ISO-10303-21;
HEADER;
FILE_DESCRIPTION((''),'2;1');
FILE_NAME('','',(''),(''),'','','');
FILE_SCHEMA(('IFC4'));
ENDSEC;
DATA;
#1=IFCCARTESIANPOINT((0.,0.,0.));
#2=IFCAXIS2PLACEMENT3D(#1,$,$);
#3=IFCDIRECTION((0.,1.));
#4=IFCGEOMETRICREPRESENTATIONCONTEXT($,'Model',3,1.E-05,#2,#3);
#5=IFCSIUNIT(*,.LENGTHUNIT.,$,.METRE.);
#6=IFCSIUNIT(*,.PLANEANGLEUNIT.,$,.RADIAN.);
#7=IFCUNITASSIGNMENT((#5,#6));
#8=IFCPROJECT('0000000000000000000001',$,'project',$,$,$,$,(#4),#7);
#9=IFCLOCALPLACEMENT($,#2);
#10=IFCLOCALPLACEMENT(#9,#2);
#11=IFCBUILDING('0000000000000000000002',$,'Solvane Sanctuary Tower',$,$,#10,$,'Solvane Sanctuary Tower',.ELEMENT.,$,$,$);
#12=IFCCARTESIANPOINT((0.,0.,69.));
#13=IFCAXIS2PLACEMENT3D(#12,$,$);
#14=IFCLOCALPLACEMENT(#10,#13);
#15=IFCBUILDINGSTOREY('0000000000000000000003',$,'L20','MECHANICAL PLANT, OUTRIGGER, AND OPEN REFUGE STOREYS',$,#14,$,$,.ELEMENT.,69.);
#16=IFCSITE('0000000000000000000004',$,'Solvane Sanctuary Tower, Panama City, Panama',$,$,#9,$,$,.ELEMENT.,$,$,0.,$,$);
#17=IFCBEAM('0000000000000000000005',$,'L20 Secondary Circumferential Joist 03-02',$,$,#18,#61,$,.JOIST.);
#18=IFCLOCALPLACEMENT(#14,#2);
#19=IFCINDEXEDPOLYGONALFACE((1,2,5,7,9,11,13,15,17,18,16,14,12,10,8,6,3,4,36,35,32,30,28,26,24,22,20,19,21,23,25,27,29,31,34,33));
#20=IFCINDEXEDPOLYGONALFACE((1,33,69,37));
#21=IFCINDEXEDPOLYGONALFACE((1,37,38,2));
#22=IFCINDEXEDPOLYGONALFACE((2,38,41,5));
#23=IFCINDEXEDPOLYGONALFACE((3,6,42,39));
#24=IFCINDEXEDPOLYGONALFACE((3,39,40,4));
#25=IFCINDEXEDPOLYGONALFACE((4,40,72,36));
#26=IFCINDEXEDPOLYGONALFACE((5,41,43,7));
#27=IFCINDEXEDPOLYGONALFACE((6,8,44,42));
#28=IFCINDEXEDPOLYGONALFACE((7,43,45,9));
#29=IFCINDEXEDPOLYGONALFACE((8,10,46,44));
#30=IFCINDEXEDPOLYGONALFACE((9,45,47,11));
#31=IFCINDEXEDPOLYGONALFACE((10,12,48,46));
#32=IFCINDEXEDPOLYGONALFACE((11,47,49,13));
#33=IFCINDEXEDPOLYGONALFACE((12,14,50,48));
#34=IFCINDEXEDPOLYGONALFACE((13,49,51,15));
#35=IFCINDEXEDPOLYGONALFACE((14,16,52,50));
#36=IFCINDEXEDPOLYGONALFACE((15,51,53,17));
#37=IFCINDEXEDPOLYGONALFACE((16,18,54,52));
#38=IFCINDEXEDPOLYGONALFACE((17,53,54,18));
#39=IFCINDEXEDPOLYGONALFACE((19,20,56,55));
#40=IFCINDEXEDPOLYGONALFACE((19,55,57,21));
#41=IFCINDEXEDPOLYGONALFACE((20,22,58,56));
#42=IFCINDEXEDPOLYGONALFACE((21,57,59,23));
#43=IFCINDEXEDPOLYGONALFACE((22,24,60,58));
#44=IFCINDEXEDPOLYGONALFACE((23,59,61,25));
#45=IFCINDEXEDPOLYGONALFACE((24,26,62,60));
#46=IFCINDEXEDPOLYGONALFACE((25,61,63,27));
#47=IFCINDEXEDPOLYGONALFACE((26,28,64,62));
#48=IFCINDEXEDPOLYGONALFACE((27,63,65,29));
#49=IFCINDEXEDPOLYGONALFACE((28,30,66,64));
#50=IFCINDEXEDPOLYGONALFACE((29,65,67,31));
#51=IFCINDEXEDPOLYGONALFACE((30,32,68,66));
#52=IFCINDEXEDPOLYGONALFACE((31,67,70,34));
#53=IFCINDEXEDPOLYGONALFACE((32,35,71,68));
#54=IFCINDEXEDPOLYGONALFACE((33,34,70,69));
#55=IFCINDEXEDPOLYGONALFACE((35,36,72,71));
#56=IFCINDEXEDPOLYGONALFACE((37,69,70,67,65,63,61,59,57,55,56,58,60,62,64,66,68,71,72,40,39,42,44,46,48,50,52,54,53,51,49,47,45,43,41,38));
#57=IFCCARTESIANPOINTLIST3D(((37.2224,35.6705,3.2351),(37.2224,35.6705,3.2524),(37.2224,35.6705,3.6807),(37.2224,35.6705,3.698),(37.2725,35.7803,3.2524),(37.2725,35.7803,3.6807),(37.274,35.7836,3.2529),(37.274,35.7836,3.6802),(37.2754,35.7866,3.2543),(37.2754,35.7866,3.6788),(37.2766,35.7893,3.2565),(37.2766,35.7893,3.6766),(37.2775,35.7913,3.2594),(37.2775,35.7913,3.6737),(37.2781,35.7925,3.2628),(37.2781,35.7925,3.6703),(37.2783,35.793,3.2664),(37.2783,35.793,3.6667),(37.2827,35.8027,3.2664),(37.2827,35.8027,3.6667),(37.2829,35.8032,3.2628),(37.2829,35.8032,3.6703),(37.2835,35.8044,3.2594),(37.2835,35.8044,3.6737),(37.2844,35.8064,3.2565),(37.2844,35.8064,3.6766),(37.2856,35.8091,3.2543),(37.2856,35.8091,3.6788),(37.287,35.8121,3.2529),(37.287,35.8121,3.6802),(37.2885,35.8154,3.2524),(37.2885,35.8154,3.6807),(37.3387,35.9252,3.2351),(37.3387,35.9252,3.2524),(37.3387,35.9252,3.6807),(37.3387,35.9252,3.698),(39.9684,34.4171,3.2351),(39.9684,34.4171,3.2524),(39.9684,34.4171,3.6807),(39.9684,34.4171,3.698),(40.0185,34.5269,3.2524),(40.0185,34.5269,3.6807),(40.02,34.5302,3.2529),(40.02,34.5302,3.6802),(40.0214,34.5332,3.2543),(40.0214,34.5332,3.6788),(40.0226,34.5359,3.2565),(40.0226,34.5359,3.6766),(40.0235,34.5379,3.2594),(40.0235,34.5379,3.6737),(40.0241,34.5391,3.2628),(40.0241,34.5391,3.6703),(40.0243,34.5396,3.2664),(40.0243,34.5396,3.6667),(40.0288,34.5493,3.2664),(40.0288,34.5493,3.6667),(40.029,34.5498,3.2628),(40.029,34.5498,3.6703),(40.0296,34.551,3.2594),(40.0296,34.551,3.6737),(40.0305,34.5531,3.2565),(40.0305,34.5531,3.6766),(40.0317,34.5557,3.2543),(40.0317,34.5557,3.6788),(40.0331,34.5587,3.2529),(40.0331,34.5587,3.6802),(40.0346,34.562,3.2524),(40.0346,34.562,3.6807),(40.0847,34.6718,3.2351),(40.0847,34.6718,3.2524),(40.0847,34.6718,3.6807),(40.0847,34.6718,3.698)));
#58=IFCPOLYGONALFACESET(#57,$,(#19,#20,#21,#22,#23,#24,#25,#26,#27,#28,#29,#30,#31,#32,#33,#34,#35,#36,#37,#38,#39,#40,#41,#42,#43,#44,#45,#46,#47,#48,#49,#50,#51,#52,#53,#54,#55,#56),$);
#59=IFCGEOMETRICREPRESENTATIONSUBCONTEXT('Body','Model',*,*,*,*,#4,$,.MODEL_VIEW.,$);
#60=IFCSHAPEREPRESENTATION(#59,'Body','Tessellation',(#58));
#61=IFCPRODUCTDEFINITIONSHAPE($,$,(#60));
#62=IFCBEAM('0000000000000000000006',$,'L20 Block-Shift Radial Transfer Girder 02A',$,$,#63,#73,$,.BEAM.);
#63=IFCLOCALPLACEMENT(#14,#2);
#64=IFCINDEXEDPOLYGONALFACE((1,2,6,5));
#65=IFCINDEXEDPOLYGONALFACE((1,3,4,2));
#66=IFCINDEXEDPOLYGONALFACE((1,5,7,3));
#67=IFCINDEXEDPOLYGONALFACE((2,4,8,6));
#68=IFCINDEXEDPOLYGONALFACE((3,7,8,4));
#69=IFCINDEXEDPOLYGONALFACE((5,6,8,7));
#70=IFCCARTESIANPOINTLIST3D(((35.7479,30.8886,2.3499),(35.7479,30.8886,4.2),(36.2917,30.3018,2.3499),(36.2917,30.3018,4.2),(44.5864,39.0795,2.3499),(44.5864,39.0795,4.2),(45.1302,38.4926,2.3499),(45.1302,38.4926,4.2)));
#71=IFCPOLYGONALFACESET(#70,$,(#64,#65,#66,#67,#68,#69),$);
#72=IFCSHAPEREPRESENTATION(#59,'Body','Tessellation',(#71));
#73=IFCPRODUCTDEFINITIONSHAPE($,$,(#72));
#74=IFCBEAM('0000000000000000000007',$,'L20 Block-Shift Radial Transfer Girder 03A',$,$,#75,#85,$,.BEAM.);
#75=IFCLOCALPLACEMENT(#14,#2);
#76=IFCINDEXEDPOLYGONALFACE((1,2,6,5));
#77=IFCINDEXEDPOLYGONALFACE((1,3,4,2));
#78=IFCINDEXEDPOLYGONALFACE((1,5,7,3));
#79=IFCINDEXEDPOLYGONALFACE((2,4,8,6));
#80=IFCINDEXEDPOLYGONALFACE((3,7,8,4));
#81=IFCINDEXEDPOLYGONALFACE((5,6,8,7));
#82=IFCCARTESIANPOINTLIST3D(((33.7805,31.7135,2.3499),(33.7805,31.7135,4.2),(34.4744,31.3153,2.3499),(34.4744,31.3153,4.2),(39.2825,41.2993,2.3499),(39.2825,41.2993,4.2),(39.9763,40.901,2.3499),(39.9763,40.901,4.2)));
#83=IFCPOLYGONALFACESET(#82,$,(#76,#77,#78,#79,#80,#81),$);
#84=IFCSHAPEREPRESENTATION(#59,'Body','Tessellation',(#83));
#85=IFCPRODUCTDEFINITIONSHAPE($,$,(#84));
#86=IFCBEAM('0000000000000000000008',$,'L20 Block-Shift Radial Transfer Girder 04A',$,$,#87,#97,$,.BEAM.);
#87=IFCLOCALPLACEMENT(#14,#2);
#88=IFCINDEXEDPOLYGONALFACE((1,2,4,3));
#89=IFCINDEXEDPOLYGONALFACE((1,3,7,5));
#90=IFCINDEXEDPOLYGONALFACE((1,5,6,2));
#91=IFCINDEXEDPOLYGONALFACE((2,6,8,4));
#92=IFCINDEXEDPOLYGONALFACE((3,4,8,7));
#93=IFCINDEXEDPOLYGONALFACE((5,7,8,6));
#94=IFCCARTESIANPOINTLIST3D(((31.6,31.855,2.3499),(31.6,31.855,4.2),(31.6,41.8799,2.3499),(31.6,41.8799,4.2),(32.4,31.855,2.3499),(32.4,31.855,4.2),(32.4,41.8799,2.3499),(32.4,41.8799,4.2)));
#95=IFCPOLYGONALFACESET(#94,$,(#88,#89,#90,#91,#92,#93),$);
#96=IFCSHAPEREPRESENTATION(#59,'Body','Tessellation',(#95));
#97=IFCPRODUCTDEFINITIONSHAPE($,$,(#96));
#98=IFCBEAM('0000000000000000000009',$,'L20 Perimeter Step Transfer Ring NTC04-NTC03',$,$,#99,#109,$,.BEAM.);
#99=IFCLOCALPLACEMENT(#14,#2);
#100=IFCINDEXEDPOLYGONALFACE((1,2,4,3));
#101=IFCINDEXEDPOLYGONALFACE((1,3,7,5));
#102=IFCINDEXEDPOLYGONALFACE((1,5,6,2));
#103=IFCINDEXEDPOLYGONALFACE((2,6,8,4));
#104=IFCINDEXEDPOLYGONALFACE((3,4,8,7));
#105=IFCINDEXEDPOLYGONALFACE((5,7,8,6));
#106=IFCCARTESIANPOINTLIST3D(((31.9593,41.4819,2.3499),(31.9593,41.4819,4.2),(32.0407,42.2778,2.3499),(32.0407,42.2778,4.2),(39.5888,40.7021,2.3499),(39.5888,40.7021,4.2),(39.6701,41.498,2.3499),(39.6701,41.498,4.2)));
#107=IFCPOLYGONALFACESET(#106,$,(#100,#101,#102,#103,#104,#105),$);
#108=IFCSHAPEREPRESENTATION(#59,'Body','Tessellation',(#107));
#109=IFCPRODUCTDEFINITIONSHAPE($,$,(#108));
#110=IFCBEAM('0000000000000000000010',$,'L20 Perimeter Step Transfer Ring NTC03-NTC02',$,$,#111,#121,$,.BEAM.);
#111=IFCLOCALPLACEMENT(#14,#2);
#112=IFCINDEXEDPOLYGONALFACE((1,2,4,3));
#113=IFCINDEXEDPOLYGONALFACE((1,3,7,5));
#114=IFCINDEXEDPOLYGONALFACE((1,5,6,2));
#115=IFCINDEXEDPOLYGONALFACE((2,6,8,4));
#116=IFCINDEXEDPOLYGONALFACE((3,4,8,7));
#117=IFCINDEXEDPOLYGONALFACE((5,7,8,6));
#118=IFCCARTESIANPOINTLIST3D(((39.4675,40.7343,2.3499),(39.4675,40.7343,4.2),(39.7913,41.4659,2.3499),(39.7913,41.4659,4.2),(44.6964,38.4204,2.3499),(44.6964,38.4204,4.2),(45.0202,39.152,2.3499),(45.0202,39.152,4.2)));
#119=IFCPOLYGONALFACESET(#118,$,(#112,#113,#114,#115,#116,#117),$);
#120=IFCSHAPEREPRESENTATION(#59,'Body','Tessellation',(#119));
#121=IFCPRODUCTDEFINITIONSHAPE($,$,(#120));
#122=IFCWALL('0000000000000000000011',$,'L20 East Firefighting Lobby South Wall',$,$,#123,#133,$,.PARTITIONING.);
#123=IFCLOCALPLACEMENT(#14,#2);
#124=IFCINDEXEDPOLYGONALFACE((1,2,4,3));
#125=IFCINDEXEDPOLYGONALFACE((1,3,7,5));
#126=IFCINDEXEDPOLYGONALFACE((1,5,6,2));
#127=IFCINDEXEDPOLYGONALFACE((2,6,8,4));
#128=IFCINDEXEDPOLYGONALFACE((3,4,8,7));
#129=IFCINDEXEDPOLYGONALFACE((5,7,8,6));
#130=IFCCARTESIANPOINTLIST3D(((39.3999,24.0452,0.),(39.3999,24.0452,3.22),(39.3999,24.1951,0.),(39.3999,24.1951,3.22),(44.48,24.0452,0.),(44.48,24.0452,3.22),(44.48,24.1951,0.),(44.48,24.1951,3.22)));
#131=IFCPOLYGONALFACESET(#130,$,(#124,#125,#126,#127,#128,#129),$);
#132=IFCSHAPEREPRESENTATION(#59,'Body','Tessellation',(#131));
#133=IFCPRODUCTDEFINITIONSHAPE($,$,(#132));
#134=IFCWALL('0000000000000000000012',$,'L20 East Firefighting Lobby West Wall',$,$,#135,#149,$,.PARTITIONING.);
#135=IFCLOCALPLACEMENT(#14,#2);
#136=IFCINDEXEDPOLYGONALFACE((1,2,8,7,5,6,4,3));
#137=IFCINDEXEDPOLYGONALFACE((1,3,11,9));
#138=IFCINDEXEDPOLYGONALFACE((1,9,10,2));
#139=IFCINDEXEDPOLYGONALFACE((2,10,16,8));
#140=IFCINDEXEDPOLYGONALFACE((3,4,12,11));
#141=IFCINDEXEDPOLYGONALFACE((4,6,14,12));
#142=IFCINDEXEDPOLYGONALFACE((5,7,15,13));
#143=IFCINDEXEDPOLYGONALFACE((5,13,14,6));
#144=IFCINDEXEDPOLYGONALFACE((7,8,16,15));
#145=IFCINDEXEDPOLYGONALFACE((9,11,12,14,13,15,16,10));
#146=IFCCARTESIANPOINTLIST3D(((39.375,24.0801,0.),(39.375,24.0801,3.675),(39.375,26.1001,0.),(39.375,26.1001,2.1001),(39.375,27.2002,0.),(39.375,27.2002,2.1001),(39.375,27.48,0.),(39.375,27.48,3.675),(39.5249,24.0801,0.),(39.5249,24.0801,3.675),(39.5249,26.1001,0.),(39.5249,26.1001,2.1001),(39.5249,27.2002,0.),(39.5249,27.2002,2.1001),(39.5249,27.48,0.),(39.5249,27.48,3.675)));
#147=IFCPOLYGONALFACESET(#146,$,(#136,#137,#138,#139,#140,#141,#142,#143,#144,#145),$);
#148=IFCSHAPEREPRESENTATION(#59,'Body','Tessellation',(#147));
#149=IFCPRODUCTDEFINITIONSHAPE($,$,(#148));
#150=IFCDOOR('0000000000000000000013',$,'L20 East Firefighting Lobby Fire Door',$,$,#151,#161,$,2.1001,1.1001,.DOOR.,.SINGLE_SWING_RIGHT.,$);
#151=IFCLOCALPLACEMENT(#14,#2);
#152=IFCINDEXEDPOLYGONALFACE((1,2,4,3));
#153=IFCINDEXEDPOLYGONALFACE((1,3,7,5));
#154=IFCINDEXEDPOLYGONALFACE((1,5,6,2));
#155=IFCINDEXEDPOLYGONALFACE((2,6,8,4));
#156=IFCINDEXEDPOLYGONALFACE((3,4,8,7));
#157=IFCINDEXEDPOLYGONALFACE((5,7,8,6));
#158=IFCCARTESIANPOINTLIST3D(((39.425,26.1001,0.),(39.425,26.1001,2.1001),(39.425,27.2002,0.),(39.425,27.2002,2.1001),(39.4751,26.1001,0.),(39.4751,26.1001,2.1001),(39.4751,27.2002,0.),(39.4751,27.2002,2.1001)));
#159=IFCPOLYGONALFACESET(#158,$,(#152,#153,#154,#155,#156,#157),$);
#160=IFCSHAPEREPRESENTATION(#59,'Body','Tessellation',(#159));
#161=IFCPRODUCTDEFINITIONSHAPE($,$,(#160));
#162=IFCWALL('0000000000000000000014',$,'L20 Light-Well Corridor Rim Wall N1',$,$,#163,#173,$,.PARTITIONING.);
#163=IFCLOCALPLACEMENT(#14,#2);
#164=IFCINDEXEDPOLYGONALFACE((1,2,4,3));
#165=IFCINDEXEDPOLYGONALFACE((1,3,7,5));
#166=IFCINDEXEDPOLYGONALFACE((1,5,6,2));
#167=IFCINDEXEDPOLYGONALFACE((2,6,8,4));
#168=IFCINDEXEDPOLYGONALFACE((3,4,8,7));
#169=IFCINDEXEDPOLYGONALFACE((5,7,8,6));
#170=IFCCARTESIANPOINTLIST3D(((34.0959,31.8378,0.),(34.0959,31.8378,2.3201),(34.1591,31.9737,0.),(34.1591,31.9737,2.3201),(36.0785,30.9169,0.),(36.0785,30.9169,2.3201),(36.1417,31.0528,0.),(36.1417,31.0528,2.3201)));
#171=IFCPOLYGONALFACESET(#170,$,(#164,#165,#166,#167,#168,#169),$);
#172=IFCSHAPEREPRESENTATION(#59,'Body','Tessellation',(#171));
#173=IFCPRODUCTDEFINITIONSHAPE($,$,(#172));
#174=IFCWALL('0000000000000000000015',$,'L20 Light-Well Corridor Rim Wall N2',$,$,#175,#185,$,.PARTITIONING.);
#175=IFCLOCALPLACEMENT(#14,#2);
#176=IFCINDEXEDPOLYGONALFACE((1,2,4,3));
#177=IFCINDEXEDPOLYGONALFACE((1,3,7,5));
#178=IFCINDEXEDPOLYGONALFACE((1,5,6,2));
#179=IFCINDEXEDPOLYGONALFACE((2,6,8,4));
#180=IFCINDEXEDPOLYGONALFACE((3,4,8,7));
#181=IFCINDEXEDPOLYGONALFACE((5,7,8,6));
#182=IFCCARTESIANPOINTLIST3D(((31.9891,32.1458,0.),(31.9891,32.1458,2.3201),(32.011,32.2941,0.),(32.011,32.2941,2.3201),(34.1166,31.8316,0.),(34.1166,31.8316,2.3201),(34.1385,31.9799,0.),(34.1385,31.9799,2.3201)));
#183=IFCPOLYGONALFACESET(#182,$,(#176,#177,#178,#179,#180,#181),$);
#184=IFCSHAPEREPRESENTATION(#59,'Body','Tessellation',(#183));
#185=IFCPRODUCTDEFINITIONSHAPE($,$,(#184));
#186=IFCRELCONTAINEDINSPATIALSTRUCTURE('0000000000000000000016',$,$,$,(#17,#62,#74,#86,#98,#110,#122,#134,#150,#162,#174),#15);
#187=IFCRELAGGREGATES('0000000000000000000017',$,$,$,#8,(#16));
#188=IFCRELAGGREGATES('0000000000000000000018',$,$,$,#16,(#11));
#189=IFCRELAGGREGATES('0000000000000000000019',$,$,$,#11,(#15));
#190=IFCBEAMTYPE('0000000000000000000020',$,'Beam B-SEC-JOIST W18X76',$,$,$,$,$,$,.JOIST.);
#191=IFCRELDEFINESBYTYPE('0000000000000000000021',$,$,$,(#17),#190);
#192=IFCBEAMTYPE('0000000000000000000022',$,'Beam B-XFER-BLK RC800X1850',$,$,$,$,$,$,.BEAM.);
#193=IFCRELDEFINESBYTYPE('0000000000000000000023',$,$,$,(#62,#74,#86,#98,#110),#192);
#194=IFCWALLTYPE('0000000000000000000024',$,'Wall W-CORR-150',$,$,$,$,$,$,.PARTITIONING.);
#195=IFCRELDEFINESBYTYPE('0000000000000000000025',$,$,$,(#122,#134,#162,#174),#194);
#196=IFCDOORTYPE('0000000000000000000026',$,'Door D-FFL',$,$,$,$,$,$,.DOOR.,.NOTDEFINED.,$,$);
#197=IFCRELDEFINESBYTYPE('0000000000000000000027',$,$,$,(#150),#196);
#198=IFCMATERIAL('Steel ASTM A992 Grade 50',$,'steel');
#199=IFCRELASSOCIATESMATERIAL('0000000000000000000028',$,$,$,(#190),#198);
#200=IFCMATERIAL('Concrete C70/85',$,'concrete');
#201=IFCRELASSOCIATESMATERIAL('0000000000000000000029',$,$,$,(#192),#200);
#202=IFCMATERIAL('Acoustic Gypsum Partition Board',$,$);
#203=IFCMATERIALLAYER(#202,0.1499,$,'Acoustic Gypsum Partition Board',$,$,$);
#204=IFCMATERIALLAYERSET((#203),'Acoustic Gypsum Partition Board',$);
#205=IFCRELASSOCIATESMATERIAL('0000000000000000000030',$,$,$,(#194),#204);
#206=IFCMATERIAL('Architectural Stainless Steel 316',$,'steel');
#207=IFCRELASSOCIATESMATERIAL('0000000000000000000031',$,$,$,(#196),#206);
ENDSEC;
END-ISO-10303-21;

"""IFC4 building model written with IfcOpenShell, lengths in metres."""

from ifc_helpers import new_model, si_unit, direction, frame, frame_2d, origin, origin_2d, place, context, subcontext, project, spatial, rectangle, i_section, extrude, material, layer, layer_set, material_profile, profile_set, type_object, element, fill, save


model = new_model("IFC4")

# Units and contexts
model_context = context("Model", 3, precision=1e-05, world=origin(), true_north=direction((0.0, 1.0)))
body_context = subcontext(model_context, "Body", "Model", "MODEL_VIEW")
ifc_project = project(units=[si_unit("LENGTHUNIT", "METRE"), si_unit("PLANEANGLEUNIT", "RADIAN")], contexts=[model_context])

# Site, building, storey
site_placement = place(None, origin())
site = spatial("IfcSite", under=ifc_project, at=site_placement, Name="Solvane Sanctuary Tower, Panama City, Panama", CompositionType="ELEMENT", RefElevation=0.0)
building_placement = place(site_placement, origin())
building = spatial("IfcBuilding", under=site, at=building_placement, Name="Solvane Sanctuary Tower", LongName="Solvane Sanctuary Tower", CompositionType="ELEMENT")
storey_placement = place(building_placement, frame((0.0, 0.0, 69.0)))
storey = spatial("IfcBuildingStorey", under=building, at=storey_placement, Name="L20", Description="MECHANICAL PLANT, OUTRIGGER, AND OPEN REFUGE STOREYS", CompositionType="ELEMENT", Elevation=69.0)

# Beams
ifc_material_1 = material(Name="Steel ASTM A992 Grade 50", Category="steel")
ifc_material_profile_1 = material_profile(ifc_material_1, i_section(OverallWidth=0.28, OverallDepth=0.4629, WebThickness=0.0107, FlangeThickness=0.0173, FilletRadius=0.0139, at=origin_2d()), Name="W18X76")
ifc_profile_set_1 = profile_set([ifc_material_profile_1], Name="Steel ASTM A992 Grade 50")
beam_type_1 = type_object("IfcBeamType", Name="Beam B-SEC-JOIST W18X76", PredefinedType="JOIST", material=ifc_profile_set_1)
beam_1_placement = place(storey_placement, frame((37.2805, 35.7979, 3.4666), z_axis=(0.909717, -0.415228, 0.0), x_axis=(0.415228, 0.909717, 0.0)))
element("IfcBeam", 1, at=beam_1_placement, inside=storey, type_object=beam_type_1, Name="L20 Secondary Circumferential Joist 03-02", PredefinedType="JOIST", context=body_context, shape_type="SweptSolid", body=[
    extrude(i_section(OverallWidth=0.28, OverallDepth=0.4629, WebThickness=0.0107, FlangeThickness=0.0173, FilletRadius=0.0139, at=origin_2d()), origin(), (0.0, 0.0, 1.0), 3.0186),
])
ifc_material_2 = material(Name="Concrete C70/85", Category="concrete")
ifc_material_profile_2 = material_profile(ifc_material_2, rectangle(XDim=0.8, YDim=1.8501, at=origin_2d()), Name="RC800X1850")
ifc_profile_set_2 = profile_set([ifc_material_profile_2], Name="Concrete C70/85")
beam_type_2 = type_object("IfcBeamType", Name="Beam B-XFER-BLK RC800X1850", PredefinedType="BEAM", material=ifc_profile_set_2)
beam_2_placement = place(storey_placement, frame((36.0198, 30.5952, 3.2749), z_axis=(0.733471, 0.679721, 0.0), x_axis=(-0.679721, 0.733471, 0.0)))
element("IfcBeam", 2, at=beam_2_placement, inside=storey, type_object=beam_type_2, Name="L20 Block-Shift Radial Transfer Girder 02A", PredefinedType="BEAM", context=body_context, shape_type="SweptSolid", body=[
    extrude(rectangle(XDim=0.8, YDim=1.8501, at=origin_2d()), origin(), (0.0, 0.0, 1.0), 12.0503),
])
beam_3_placement = place(storey_placement, frame((34.1274, 31.5144, 3.2749), z_axis=(0.497803, 0.86729, 0.0), x_axis=(-0.86729, 0.497803, 0.0)))
element("IfcBeam", 3, at=beam_3_placement, inside=storey, type_object=beam_type_2, Name="L20 Block-Shift Radial Transfer Girder 03A", PredefinedType="BEAM", context=body_context, shape_type="SweptSolid", body=[
    extrude(rectangle(XDim=0.8, YDim=1.8501, at=origin_2d()), origin(), (0.0, 0.0, 1.0), 11.0525),
])
beam_4_placement = place(storey_placement, frame((32.0, 31.855, 3.2749), z_axis=(0.0, 1.0, 0.0), x_axis=(-1.0, 0.0, 0.0)))
element("IfcBeam", 4, at=beam_4_placement, inside=storey, type_object=beam_type_2, Name="L20 Block-Shift Radial Transfer Girder 04A", PredefinedType="BEAM", context=body_context, shape_type="SweptSolid", body=[
    extrude(rectangle(XDim=0.8, YDim=1.8501, at=origin_2d()), origin(), (0.0, 0.0, 1.0), 10.0249),
])
beam_5_placement = place(storey_placement, frame((32.0, 41.8799, 3.2749), z_axis=(0.994817, -0.101678, 0.0), x_axis=(0.101678, 0.994817, 0.0)))
element("IfcBeam", 5, at=beam_5_placement, inside=storey, type_object=beam_type_2, Name="L20 Perimeter Step Transfer Ring NTC04-NTC03", PredefinedType="BEAM", context=body_context, shape_type="SweptSolid", body=[
    extrude(rectangle(XDim=0.8, YDim=1.8501, at=origin_2d()), origin(), (0.0, 0.0, 1.0), 7.6692),
])
beam_6_placement = place(storey_placement, frame((39.6294, 41.1001, 3.2749), z_axis=(0.914462, -0.404672, 0.0), x_axis=(0.404672, 0.914462, 0.0)))
element("IfcBeam", 6, at=beam_6_placement, inside=storey, type_object=beam_type_2, Name="L20 Perimeter Step Transfer Ring NTC03-NTC02", PredefinedType="BEAM", context=body_context, shape_type="SweptSolid", body=[
    extrude(rectangle(XDim=0.8, YDim=1.8501, at=origin_2d()), origin(), (0.0, 0.0, 1.0), 5.718),
])

# Wall
ifc_material_3 = material(Name="Acoustic Gypsum Partition Board")
ifc_layer = layer(ifc_material_3, 0.1499, Name="Acoustic Gypsum Partition Board")
ifc_layer_set = layer_set([ifc_layer], Name="Acoustic Gypsum Partition Board")
wall_type = type_object("IfcWallType", Name="Wall W-CORR-150", PredefinedType="PARTITIONING", material=ifc_layer_set)
wall_1_placement = place(storey_placement, frame((39.3999, 24.1201, 0.0), z_axis=(0.0, 0.0, 1.0), x_axis=(1.0, 0.0, 0.0)))
element("IfcWall", 7, at=wall_1_placement, inside=storey, type_object=wall_type, Name="L20 East Firefighting Lobby South Wall", PredefinedType="PARTITIONING", context=body_context, shape_type="SweptSolid", body=[
    extrude(rectangle(XDim=5.0801, YDim=0.1499, at=frame_2d((2.54, 0.0))), origin(), (0.0, 0.0, 1.0), 3.22),
])

# Wall, opening, door
wall_2_placement = place(storey_placement, frame((39.45, 24.0801, 0.0), z_axis=(0.0, 0.0, 1.0), x_axis=(0.0, 1.0, 0.0)))
wall_2 = element("IfcWall", 8, at=wall_2_placement, inside=storey, type_object=wall_type, Name="L20 East Firefighting Lobby West Wall", PredefinedType="PARTITIONING", context=body_context, shape_type="SweptSolid", body=[
    extrude(rectangle(XDim=3.3999, YDim=0.1499, at=frame_2d((1.7, 0.0))), origin(), (0.0, 0.0, 1.0), 3.675),
])
opening_1_placement = place(wall_2_placement, frame((2.02, 0.0, 0.0)))
opening_1 = element("IfcOpeningElement", 9, at=opening_1_placement, cuts=wall_2, PredefinedType="OPENING", context=body_context, shape_type="SweptSolid", body=[
    extrude(rectangle(XDim=1.1001, YDim=2.1001, at=frame_2d((0.55, 1.05))), frame((0.0, 0.085, 0.0), z_axis=(0.0, -1.0, 0.0), x_axis=(1.0, 0.0, 0.0)), (0.0, 0.0, 1.0), 0.1699),
])
ifc_material_4 = material(Name="Architectural Stainless Steel 316", Category="steel")
door_type = type_object("IfcDoorType", Name="Door D-FFL", OperationType="NOTDEFINED", PredefinedType="DOOR", material=ifc_material_4)
door_1_placement = place(opening_1_placement, origin())
door_1 = element("IfcDoor", 10, at=door_1_placement, inside=storey, type_object=door_type, Name="L20 East Firefighting Lobby Fire Door", OperationType="SINGLE_SWING_RIGHT", OverallHeight=2.1001, OverallWidth=1.1001, PredefinedType="DOOR", context=body_context, shape_type="SweptSolid", body=[
    extrude(rectangle(XDim=1.1001, YDim=2.1001, at=frame_2d((0.55, 1.05))), frame((0.0, 0.0249, 0.0), z_axis=(0.0, -1.0, 0.0), x_axis=(1.0, 0.0, 0.0)), (0.0, 0.0, 1.0), 0.05),
])
fill(opening_1, door_1)

# Walls
wall_3_placement = place(storey_placement, frame((36.1101, 30.9849, 0.0), z_axis=(0.0, 0.0, 1.0), x_axis=(-0.906943, 0.421252, 0.0)))
element("IfcWall", 11, at=wall_3_placement, inside=storey, type_object=wall_type, Name="L20 Light-Well Corridor Rim Wall N1", PredefinedType="PARTITIONING", context=body_context, shape_type="SweptSolid", body=[
    extrude(rectangle(XDim=2.186, YDim=0.1499, at=frame_2d((1.093, 0.0))), origin(), (0.0, 0.0, 1.0), 2.3201),
])
for number, where, z_axis, x_axis, name in (
    (12, (34.1274, 31.9058, 0.0), (0.0, 0.0, 1.0), (-0.989269, 0.146108, 0.0), "L20 Light-Well Corridor Rim Wall N2"),
):
    element("IfcWall", number, at=place(storey_placement, frame(where, z_axis=z_axis, x_axis=x_axis)), inside=storey, type_object=wall_type, Name=name, PredefinedType="PARTITIONING", context=body_context, shape_type="SweptSolid", body=[
        extrude(rectangle(XDim=2.1506, YDim=0.1499, at=frame_2d((1.0752, 0.0))), origin(), (0.0, 0.0, 1.0), 2.3201),
    ])

save(model, "model.ifc")
